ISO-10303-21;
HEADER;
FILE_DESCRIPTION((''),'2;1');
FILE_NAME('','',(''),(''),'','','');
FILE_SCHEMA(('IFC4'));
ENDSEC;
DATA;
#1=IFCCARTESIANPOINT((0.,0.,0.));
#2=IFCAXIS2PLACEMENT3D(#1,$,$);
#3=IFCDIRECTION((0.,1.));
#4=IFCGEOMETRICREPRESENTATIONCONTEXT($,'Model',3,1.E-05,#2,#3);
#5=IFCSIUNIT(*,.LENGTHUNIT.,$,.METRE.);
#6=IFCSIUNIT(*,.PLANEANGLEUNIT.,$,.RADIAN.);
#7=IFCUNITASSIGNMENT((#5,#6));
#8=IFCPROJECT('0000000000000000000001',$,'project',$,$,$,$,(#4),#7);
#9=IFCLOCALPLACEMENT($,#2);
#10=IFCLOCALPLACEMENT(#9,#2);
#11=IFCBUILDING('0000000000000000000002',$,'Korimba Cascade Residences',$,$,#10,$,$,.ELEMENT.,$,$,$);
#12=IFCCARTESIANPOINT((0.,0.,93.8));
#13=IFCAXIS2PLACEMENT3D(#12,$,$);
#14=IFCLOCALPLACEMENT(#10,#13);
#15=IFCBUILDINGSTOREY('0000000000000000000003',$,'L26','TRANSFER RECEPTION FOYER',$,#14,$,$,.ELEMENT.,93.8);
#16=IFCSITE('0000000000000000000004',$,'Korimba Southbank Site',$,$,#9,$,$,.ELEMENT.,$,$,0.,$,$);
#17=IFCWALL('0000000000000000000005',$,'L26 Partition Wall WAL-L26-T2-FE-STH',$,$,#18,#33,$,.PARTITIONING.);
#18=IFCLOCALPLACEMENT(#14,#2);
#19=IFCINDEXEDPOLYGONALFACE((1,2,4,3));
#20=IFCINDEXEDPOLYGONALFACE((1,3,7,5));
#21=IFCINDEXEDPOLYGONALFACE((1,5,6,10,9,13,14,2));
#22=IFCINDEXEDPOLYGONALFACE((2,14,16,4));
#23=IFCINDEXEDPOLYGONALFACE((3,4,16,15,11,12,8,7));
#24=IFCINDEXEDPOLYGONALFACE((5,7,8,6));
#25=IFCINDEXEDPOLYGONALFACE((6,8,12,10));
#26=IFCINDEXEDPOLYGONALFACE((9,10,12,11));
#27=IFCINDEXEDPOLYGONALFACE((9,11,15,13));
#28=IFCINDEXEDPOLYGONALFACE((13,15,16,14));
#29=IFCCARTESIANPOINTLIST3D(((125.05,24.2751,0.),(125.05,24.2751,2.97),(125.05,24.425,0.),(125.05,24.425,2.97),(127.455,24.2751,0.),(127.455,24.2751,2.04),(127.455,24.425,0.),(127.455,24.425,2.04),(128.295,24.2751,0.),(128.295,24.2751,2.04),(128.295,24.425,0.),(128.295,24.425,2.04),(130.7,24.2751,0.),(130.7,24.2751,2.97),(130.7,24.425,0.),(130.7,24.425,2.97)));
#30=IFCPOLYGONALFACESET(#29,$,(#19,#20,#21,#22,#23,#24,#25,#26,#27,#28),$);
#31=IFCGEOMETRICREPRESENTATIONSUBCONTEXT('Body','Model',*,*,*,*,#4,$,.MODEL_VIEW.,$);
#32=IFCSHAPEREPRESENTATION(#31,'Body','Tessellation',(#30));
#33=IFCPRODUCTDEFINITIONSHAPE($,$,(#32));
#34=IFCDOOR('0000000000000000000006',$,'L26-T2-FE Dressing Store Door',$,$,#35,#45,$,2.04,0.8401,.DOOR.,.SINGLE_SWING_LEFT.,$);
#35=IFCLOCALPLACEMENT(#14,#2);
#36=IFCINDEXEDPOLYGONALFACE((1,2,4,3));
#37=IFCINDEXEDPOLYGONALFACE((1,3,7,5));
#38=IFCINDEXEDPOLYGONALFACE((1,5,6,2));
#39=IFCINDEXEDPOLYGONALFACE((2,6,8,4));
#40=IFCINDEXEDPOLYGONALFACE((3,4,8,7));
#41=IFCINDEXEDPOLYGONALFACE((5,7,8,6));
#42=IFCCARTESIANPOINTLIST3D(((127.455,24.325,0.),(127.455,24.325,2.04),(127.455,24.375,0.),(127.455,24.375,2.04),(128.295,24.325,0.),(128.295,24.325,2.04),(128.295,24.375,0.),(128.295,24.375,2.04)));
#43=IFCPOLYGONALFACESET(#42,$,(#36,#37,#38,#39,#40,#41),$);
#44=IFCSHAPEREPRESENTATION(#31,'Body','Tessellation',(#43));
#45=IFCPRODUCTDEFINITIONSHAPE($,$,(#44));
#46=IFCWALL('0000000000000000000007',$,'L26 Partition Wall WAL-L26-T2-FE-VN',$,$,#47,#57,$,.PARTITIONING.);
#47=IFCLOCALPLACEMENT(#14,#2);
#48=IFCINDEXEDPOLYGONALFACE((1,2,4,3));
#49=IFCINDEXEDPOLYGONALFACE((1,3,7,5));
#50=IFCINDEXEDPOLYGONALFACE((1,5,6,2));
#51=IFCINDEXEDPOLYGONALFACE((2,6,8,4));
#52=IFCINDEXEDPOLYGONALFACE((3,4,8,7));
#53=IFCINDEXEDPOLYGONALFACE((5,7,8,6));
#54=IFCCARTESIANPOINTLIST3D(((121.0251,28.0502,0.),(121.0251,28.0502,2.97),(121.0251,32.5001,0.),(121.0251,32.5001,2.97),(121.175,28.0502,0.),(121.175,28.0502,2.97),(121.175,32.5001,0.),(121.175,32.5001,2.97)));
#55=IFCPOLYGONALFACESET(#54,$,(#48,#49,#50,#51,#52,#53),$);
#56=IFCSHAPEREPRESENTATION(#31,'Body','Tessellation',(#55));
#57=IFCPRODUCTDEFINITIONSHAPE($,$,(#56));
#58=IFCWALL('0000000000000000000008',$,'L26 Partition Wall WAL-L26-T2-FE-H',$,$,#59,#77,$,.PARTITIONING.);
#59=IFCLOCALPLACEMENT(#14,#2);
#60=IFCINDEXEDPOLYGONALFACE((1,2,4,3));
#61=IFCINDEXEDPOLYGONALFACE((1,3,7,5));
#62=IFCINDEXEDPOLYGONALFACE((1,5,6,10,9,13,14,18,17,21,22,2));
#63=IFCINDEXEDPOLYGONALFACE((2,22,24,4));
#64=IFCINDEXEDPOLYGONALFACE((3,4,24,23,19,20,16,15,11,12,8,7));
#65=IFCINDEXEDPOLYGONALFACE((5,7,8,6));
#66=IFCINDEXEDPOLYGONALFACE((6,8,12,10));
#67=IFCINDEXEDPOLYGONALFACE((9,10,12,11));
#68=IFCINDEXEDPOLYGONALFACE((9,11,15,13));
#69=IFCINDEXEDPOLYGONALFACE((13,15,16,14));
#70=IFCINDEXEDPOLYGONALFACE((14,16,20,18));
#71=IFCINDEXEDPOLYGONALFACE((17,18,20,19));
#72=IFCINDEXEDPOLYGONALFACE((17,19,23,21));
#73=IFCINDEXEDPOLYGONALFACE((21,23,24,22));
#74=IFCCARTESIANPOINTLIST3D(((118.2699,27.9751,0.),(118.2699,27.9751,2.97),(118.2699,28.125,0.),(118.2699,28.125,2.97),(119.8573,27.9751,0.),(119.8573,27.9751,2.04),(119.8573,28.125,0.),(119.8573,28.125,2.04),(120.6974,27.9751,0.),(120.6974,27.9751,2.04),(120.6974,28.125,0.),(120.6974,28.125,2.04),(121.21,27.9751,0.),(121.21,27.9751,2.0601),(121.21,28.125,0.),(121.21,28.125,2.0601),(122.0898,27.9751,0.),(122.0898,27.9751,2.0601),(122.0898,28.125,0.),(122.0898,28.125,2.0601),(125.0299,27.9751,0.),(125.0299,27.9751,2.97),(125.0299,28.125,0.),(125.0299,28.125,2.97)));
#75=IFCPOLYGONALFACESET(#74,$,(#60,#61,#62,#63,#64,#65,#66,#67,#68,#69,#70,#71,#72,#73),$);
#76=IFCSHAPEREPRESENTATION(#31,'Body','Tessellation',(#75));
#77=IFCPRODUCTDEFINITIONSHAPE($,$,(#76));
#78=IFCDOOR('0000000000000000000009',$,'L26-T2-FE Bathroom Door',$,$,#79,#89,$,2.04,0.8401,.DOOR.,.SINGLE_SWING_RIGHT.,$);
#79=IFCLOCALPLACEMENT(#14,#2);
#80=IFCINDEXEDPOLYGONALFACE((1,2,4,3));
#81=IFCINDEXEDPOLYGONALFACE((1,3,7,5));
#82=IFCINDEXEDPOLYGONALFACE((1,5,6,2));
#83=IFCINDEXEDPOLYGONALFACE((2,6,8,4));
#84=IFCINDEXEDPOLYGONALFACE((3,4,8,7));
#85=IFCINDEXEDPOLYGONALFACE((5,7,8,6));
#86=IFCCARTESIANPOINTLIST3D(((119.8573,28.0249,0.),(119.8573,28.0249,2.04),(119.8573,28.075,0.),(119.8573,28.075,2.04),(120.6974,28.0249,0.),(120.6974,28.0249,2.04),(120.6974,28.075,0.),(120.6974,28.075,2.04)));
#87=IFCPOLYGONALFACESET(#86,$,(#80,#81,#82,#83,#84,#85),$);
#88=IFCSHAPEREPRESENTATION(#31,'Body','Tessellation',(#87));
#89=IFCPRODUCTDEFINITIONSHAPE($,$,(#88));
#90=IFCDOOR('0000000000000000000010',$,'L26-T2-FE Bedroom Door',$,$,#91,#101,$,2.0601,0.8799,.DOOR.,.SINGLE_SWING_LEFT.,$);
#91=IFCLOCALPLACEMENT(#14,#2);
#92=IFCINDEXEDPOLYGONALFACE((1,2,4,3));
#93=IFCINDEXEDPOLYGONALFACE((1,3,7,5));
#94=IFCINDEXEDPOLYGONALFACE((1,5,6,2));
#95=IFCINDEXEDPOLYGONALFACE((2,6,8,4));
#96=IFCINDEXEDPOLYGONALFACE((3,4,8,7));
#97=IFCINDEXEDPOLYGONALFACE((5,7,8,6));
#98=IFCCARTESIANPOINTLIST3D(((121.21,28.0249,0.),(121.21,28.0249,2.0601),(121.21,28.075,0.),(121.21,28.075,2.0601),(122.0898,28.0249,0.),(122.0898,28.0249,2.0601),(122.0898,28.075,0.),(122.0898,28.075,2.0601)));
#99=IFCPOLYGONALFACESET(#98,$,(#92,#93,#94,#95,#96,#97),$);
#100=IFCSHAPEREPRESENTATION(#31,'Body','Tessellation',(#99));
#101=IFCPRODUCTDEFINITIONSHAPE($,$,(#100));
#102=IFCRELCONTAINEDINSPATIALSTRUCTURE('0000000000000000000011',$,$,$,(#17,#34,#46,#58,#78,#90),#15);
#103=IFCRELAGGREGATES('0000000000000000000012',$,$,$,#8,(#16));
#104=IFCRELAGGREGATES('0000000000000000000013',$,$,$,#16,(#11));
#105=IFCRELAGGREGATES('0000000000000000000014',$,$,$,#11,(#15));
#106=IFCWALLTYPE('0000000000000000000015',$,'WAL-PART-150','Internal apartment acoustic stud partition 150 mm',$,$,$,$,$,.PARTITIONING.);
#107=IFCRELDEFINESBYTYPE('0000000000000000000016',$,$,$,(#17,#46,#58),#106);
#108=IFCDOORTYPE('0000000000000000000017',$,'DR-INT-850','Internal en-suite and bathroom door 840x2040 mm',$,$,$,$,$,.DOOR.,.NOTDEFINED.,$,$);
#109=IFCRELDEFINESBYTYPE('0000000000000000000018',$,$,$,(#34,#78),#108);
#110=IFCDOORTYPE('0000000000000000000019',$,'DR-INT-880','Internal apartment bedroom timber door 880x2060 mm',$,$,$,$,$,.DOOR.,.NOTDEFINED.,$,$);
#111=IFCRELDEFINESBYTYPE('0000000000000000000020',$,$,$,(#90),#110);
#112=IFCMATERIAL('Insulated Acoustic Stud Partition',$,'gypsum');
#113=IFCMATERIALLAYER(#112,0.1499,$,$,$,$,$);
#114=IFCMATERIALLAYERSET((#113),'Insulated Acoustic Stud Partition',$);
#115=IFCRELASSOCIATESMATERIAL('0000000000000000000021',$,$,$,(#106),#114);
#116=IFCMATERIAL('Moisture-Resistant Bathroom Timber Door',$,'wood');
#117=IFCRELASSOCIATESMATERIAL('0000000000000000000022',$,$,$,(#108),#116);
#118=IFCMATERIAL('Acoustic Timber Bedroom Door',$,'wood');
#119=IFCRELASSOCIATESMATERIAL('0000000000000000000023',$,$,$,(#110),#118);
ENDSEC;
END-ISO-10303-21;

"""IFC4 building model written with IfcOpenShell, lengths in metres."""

from ifc_helpers import new_model, si_unit, direction, frame, frame_2d, origin, place, context, subcontext, project, spatial, rectangle, extrude, material, layer, layer_set, type_object, element, fill, save


model = new_model("IFC4")

# Units and contexts
model_context = context("Model", 3, precision=1e-05, world=origin(), true_north=direction((0.0, 1.0)))
body_context = subcontext(model_context, "Body", "Model", "MODEL_VIEW")
ifc_project = project(units=[si_unit("LENGTHUNIT", "METRE"), si_unit("PLANEANGLEUNIT", "RADIAN")], contexts=[model_context])

# Site, building, storey
site_placement = place(None, origin())
site = spatial("IfcSite", under=ifc_project, at=site_placement, Name="Korimba Southbank Site", CompositionType="ELEMENT", RefElevation=0.0)
building_placement = place(site_placement, origin())
building = spatial("IfcBuilding", under=site, at=building_placement, Name="Korimba Cascade Residences", CompositionType="ELEMENT")
storey_placement = place(building_placement, frame((0.0, 0.0, 93.8)))
storey = spatial("IfcBuildingStorey", under=building, at=storey_placement, Name="L26", Description="TRANSFER RECEPTION FOYER", CompositionType="ELEMENT", Elevation=93.8)

# Wall, opening, door
ifc_material_1 = material(Name="Insulated Acoustic Stud Partition", Category="gypsum")
ifc_layer_1 = layer(ifc_material_1, 0.1499)
ifc_layer_set_1 = layer_set([ifc_layer_1], Name="Insulated Acoustic Stud Partition")
wall_type_1 = type_object("IfcWallType", Name="WAL-PART-150", Description="Internal apartment acoustic stud partition 150 mm", PredefinedType="PARTITIONING", material=ifc_layer_set_1)
wall_1_placement = place(storey_placement, frame((125.05, 24.3501, 0.0), z_axis=(0.0, 0.0, 1.0), x_axis=(1.0, 0.0, 0.0)))
wall_1 = element("IfcWall", 1, at=wall_1_placement, inside=storey, type_object=wall_type_1, Name="L26 Partition Wall WAL-L26-T2-FE-STH", PredefinedType="PARTITIONING", context=body_context, shape_type="SweptSolid", body=[
    extrude(rectangle(XDim=5.6499, YDim=0.1499, at=frame_2d((2.825, 0.0))), origin(), (0.0, 0.0, 1.0), 2.97),
])
opening_1_placement = place(wall_1_placement, frame((2.405, 0.0, 0.0)))
opening_1 = element("IfcOpeningElement", 2, at=opening_1_placement, cuts=wall_1, PredefinedType="OPENING", context=body_context, shape_type="SweptSolid", body=[
    extrude(rectangle(XDim=0.8401, YDim=2.04, at=frame_2d((0.4199, 1.02))), frame((0.0, 0.085, 0.0), z_axis=(0.0, -1.0, 0.0), x_axis=(1.0, 0.0, 0.0)), (0.0, 0.0, 1.0), 0.1699),
])
ifc_material_2 = material(Name="Moisture-Resistant Bathroom Timber Door", Category="wood")
door_type_1 = type_object("IfcDoorType", Name="DR-INT-850", Description="Internal en-suite and bathroom door 840x2040 mm", OperationType="NOTDEFINED", PredefinedType="DOOR", material=ifc_material_2)
door_1_placement = place(opening_1_placement, origin())
door_1 = element("IfcDoor", 3, at=door_1_placement, inside=storey, type_object=door_type_1, Name="L26-T2-FE Dressing Store Door", OperationType="SINGLE_SWING_LEFT", OverallHeight=2.04, OverallWidth=0.8401, PredefinedType="DOOR", context=body_context, shape_type="SweptSolid", body=[
    extrude(rectangle(XDim=0.8401, YDim=2.04, at=frame_2d((0.4199, 1.02))), frame((0.0, 0.0249, 0.0), z_axis=(0.0, -1.0, 0.0), x_axis=(1.0, 0.0, 0.0)), (0.0, 0.0, 1.0), 0.05),
])
fill(opening_1, door_1)

# Wall
wall_2_placement = place(storey_placement, frame((121.1001, 28.05, 0.0), z_axis=(0.0, 0.0, 1.0), x_axis=(0.0, 1.0, 0.0)))
element("IfcWall", 4, at=wall_2_placement, inside=storey, type_object=wall_type_1, Name="L26 Partition Wall WAL-L26-T2-FE-VN", PredefinedType="PARTITIONING", context=body_context, shape_type="SweptSolid", body=[
    extrude(rectangle(XDim=4.45, YDim=0.1499, at=frame_2d((2.2251, 0.0))), origin(), (0.0, 0.0, 1.0), 2.97),
])

# Wall, openings, doors
wall_3_placement = place(storey_placement, frame((118.27, 28.05, 0.0), z_axis=(0.0, 0.0, 1.0), x_axis=(1.0, 0.0, 0.0)))
wall_3 = element("IfcWall", 5, at=wall_3_placement, inside=storey, type_object=wall_type_1, Name="L26 Partition Wall WAL-L26-T2-FE-H", PredefinedType="PARTITIONING", context=body_context, shape_type="SweptSolid", body=[
    extrude(rectangle(XDim=6.76, YDim=0.1499, at=frame_2d((3.3799, 0.0))), origin(), (0.0, 0.0, 1.0), 2.97),
])
opening_2_placement = place(wall_3_placement, frame((1.5874, 0.0, 0.0)))
opening_2 = element("IfcOpeningElement", 6, at=opening_2_placement, cuts=wall_3, PredefinedType="OPENING", context=body_context, shape_type="SweptSolid", body=[
    extrude(rectangle(XDim=0.8401, YDim=2.04, at=frame_2d((0.4199, 1.02))), frame((0.0, 0.085, 0.0), z_axis=(0.0, -1.0, 0.0), x_axis=(1.0, 0.0, 0.0)), (0.0, 0.0, 1.0), 0.1699),
])
opening_3_placement = place(wall_3_placement, frame((2.9399, 0.0, 0.0)))
opening_3 = element("IfcOpeningElement", 7, at=opening_3_placement, cuts=wall_3, PredefinedType="OPENING", context=body_context, shape_type="SweptSolid", body=[
    extrude(rectangle(XDim=0.8799, YDim=2.0601, at=frame_2d((0.4399, 1.03))), frame((0.0, 0.085, 0.0), z_axis=(0.0, -1.0, 0.0), x_axis=(1.0, 0.0, 0.0)), (0.0, 0.0, 1.0), 0.1699),
])
door_2_placement = place(opening_2_placement, origin())
door_2 = element("IfcDoor", 8, at=door_2_placement, inside=storey, type_object=door_type_1, Name="L26-T2-FE Bathroom Door", OperationType="SINGLE_SWING_RIGHT", OverallHeight=2.04, OverallWidth=0.8401, PredefinedType="DOOR", context=body_context, shape_type="SweptSolid", body=[
    extrude(rectangle(XDim=0.8401, YDim=2.04, at=frame_2d((0.4199, 1.02))), frame((0.0, 0.0249, 0.0), z_axis=(0.0, -1.0, 0.0), x_axis=(1.0, 0.0, 0.0)), (0.0, 0.0, 1.0), 0.05),
])
fill(opening_2, door_2)
ifc_material_3 = material(Name="Acoustic Timber Bedroom Door", Category="wood")
door_type_2 = type_object("IfcDoorType", Name="DR-INT-880", Description="Internal apartment bedroom timber door 880x2060 mm", OperationType="NOTDEFINED", PredefinedType="DOOR", material=ifc_material_3)
door_3_placement = place(opening_3_placement, origin())
door_3 = element("IfcDoor", 9, at=door_3_placement, inside=storey, type_object=door_type_2, Name="L26-T2-FE Bedroom Door", OperationType="SINGLE_SWING_LEFT", OverallHeight=2.0601, OverallWidth=0.8799, PredefinedType="DOOR", context=body_context, shape_type="SweptSolid", body=[
    extrude(rectangle(XDim=0.8799, YDim=2.0601, at=frame_2d((0.4399, 1.03))), frame((0.0, 0.0249, 0.0), z_axis=(0.0, -1.0, 0.0), x_axis=(1.0, 0.0, 0.0)), (0.0, 0.0, 1.0), 0.05),
])
fill(opening_3, door_3)

save(model, "model.ifc")
